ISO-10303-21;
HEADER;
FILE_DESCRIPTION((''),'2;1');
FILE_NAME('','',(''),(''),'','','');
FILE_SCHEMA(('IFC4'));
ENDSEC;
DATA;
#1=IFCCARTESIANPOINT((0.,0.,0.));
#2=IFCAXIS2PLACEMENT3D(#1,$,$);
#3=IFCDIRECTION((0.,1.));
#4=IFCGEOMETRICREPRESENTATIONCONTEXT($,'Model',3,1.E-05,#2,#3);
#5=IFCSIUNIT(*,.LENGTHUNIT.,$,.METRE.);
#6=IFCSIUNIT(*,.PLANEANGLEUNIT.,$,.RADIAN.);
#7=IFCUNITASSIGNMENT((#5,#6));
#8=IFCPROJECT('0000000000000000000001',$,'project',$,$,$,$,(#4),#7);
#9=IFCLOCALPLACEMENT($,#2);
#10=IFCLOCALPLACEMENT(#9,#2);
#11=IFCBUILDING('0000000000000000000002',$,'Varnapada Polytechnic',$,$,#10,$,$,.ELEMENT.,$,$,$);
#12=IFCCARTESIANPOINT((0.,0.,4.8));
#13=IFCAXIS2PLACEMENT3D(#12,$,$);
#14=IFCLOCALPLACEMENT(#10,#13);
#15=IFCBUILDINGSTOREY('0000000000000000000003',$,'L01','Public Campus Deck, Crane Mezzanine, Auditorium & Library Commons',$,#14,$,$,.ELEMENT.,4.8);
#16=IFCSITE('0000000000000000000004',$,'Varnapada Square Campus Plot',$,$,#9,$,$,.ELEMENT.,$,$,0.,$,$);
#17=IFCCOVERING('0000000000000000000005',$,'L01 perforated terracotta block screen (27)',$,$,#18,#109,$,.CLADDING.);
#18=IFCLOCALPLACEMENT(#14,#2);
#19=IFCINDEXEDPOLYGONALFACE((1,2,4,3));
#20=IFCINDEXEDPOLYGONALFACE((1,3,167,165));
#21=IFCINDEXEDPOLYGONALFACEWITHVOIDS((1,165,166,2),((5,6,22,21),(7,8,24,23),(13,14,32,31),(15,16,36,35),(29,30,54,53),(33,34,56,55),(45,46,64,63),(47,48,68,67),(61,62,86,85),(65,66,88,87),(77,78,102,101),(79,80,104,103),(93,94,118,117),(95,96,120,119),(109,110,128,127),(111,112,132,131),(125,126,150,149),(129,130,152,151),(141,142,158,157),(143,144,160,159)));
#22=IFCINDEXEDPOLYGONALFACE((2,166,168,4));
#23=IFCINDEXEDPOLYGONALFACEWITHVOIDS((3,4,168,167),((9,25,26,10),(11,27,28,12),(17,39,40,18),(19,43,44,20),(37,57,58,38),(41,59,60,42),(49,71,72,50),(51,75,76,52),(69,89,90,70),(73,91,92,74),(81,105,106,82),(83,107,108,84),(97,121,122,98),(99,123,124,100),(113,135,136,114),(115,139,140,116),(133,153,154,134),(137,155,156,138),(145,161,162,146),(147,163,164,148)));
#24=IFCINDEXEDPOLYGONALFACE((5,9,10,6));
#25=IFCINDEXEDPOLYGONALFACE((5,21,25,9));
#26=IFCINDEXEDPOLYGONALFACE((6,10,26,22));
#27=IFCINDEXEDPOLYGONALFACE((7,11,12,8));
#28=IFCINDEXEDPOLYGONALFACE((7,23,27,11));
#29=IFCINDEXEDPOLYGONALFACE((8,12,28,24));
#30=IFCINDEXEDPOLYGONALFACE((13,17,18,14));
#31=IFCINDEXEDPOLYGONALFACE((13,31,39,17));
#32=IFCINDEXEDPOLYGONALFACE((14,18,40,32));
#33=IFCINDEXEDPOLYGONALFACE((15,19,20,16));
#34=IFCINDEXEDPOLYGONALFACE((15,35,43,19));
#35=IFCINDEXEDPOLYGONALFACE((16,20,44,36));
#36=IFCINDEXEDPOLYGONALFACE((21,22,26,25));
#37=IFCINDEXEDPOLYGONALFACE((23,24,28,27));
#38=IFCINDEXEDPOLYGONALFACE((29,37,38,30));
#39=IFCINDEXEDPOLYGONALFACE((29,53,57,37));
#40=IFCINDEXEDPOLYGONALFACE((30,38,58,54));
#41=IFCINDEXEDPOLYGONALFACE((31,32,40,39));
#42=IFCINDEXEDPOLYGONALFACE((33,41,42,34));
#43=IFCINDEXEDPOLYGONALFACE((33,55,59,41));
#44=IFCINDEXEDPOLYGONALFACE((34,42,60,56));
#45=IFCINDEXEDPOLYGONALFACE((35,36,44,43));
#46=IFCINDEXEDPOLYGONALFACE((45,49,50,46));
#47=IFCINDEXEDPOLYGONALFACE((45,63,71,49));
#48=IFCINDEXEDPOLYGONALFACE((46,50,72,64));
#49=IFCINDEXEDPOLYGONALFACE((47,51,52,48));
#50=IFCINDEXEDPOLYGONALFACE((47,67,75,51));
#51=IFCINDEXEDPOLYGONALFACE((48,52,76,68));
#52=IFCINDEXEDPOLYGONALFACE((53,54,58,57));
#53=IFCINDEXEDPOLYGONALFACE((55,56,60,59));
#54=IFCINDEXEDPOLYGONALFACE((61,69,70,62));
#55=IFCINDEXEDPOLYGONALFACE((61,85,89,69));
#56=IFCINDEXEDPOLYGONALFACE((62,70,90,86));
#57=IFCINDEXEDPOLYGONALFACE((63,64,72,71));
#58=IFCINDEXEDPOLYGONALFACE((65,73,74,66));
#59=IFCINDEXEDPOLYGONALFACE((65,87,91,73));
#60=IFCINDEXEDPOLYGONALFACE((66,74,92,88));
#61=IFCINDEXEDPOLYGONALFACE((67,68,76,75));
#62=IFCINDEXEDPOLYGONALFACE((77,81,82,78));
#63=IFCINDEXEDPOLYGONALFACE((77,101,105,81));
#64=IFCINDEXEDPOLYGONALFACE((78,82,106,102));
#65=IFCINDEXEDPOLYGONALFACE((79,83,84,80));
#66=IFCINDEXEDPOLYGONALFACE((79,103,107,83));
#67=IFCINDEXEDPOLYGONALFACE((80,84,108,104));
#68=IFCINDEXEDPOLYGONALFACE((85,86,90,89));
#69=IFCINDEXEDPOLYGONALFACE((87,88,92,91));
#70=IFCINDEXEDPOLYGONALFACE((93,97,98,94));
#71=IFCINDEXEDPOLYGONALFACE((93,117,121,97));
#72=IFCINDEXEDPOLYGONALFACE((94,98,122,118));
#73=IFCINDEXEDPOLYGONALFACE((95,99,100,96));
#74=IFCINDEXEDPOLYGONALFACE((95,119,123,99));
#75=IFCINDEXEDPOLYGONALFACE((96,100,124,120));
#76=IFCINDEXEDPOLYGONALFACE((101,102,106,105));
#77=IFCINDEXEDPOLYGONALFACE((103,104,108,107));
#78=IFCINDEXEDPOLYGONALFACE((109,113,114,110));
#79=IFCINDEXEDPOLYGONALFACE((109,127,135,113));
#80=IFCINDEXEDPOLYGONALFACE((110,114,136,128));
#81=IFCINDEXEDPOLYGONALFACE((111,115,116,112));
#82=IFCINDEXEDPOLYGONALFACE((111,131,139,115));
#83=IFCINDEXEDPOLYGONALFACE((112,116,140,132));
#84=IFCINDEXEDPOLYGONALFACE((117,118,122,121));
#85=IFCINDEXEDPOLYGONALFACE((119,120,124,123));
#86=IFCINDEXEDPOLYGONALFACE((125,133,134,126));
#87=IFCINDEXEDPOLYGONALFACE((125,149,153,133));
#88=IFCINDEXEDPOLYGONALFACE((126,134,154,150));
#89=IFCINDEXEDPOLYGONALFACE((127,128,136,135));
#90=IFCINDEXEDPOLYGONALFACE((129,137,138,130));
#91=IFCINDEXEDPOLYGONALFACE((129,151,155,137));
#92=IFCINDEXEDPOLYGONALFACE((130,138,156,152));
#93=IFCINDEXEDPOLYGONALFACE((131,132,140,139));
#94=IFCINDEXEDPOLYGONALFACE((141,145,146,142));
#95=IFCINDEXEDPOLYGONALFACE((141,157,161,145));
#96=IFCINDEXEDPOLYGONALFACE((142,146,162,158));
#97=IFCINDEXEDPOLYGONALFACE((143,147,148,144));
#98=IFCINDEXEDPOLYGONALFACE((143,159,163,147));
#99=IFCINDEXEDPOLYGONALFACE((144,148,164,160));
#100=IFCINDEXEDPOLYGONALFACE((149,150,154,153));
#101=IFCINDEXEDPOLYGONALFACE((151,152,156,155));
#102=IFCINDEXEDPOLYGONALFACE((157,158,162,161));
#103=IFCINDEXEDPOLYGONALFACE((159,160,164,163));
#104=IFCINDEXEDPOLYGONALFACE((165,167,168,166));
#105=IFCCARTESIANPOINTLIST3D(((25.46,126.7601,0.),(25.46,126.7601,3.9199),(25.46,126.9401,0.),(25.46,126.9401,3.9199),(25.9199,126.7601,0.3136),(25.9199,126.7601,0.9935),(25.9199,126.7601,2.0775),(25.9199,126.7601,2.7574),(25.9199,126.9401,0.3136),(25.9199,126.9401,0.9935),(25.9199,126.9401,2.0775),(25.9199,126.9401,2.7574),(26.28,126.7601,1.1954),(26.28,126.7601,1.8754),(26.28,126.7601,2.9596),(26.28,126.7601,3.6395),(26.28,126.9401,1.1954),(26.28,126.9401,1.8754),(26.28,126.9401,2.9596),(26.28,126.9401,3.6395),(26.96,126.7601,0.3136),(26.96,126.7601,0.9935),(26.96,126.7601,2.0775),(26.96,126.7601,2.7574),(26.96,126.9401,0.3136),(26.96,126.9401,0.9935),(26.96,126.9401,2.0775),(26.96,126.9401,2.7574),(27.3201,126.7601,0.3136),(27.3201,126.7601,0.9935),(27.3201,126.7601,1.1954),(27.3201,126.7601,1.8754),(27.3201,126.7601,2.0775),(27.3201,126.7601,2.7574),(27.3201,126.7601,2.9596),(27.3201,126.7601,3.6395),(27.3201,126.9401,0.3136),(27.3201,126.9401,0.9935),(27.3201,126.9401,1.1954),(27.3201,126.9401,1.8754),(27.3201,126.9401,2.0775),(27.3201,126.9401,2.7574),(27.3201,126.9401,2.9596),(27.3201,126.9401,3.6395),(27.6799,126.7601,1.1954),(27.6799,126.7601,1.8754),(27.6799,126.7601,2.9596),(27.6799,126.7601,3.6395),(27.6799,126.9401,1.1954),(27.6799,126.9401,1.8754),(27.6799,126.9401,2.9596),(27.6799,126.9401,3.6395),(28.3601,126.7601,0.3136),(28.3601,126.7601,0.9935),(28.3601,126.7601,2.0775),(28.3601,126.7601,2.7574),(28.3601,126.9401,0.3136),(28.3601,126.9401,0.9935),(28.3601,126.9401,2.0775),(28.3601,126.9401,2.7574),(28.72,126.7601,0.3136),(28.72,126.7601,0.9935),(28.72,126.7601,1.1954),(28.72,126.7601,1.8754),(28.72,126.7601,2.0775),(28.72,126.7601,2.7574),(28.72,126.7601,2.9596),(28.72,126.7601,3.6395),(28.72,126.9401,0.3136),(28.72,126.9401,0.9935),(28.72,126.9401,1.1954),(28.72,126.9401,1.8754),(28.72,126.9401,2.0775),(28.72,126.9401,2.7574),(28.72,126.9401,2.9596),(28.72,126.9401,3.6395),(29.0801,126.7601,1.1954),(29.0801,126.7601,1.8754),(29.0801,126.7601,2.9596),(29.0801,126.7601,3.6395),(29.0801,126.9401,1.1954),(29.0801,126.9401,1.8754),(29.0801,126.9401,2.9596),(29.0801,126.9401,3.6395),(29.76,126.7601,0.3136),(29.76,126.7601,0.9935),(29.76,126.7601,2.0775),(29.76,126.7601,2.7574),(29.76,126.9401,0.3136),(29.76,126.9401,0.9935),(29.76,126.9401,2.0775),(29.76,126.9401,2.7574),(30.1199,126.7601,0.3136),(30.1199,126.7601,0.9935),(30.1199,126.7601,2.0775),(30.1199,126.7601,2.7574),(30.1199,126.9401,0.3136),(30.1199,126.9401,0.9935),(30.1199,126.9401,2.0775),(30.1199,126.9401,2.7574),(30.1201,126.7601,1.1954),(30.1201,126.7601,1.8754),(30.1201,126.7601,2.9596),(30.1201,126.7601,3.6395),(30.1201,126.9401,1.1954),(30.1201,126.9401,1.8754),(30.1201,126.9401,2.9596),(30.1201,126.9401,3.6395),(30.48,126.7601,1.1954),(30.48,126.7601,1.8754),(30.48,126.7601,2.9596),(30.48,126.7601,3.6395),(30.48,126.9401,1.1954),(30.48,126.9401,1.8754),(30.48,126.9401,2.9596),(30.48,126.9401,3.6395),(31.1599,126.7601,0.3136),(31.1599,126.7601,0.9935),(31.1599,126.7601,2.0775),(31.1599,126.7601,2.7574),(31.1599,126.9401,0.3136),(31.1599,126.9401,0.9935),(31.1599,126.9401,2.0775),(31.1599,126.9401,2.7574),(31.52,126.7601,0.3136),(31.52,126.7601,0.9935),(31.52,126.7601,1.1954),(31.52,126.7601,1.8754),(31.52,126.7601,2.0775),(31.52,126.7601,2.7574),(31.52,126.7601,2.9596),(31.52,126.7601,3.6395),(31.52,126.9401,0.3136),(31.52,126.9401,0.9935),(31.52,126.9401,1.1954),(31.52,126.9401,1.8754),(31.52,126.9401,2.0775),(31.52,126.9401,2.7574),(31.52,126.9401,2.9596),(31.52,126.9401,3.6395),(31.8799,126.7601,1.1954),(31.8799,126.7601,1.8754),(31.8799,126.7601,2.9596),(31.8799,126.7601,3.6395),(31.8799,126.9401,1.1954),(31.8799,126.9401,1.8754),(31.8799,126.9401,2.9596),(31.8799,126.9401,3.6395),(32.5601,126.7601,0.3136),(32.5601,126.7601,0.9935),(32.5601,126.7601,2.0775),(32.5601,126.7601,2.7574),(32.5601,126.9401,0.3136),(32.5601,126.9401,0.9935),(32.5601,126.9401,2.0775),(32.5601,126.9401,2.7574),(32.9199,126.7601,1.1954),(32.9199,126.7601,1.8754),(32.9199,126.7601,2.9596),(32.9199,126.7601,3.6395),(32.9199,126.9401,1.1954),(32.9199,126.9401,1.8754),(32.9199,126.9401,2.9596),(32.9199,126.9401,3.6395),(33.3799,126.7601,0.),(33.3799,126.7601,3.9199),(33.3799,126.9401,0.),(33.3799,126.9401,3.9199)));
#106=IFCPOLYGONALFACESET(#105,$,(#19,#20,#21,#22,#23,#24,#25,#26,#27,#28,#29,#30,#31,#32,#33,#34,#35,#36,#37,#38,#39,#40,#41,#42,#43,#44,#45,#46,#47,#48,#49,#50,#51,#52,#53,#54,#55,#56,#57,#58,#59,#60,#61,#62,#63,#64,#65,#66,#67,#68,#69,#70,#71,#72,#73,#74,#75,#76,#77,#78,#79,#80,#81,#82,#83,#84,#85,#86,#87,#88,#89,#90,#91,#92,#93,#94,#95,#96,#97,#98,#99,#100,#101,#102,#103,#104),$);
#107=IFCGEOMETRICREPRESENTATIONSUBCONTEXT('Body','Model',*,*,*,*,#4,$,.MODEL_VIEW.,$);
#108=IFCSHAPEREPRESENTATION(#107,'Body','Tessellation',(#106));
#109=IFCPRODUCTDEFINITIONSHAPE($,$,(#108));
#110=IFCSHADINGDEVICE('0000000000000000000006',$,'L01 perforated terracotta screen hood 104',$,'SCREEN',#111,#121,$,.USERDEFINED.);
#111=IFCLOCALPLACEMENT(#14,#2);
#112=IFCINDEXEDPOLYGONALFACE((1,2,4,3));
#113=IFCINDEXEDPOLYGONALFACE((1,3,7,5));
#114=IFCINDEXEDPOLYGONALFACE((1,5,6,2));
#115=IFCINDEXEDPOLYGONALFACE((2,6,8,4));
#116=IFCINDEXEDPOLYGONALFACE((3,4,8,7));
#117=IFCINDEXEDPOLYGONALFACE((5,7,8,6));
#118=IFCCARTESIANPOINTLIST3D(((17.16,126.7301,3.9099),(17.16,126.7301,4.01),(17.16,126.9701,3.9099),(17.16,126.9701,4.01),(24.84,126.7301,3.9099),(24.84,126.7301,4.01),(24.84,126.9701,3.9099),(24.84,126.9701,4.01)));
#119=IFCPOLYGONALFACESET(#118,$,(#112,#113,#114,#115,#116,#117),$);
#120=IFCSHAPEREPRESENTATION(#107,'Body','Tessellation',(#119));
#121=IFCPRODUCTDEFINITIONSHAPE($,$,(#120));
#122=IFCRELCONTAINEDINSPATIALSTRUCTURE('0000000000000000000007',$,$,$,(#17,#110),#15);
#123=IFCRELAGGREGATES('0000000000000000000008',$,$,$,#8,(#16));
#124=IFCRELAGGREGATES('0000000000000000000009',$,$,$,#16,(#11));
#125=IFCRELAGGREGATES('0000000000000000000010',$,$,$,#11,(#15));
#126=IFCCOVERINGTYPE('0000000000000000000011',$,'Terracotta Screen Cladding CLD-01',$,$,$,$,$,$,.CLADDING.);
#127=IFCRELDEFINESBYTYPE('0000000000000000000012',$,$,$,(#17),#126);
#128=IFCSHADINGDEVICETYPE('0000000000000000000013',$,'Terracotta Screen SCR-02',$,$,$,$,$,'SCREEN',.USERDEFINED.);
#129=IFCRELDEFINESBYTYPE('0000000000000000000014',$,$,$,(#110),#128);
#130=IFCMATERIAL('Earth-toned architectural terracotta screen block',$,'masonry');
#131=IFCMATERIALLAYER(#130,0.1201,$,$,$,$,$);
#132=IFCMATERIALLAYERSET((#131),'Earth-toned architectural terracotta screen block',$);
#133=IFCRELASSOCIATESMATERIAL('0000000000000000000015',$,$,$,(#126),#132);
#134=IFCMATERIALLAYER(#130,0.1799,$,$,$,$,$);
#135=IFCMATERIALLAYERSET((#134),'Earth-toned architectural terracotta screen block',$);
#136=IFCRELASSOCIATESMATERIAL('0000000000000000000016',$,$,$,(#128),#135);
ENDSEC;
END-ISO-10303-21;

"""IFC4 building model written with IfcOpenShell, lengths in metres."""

from ifc_helpers import new_model, si_unit, direction, frame, frame_2d, origin, origin_2d, place, context, subcontext, project, spatial, rectangle, extrude, material, layer, layer_set, type_object, element, save


model = new_model("IFC4")

# Units and contexts
model_context = context("Model", 3, precision=1e-05, world=origin(), true_north=direction((0.0, 1.0)))
body_context = subcontext(model_context, "Body", "Model", "MODEL_VIEW")
ifc_project = project(units=[si_unit("LENGTHUNIT", "METRE"), si_unit("PLANEANGLEUNIT", "RADIAN")], contexts=[model_context])

# Site, building, storey
site_placement = place(None, origin())
site = spatial("IfcSite", under=ifc_project, at=site_placement, Name="Varnapada Square Campus Plot", CompositionType="ELEMENT", RefElevation=0.0)
building_placement = place(site_placement, origin())
building = spatial("IfcBuilding", under=site, at=building_placement, Name="Varnapada Polytechnic", CompositionType="ELEMENT")
storey_placement = place(building_placement, frame((0.0, 0.0, 4.8)))
storey = spatial("IfcBuildingStorey", under=building, at=storey_placement, Name="L01", Description="Public Campus Deck, Crane Mezzanine, Auditorium & Library Commons", CompositionType="ELEMENT", Elevation=4.8)

# Covering, openings
ifc_material_1 = material(Name="Earth-toned architectural terracotta screen block", Category="masonry")
ifc_layer_1 = layer(ifc_material_1, 0.1201)
ifc_layer_set_1 = layer_set([ifc_layer_1], Name="Earth-toned architectural terracotta screen block")
covering_type = type_object("IfcCoveringType", Name="Terracotta Screen Cladding CLD-01", PredefinedType="CLADDING", material=ifc_layer_set_1)
covering_placement = place(storey_placement, frame((25.46, 126.8501, 0.0), z_axis=(0.0, 0.0, 1.0), x_axis=(1.0, 0.0, 0.0)))
covering = element("IfcCovering", 1, at=covering_placement, inside=storey, type_object=covering_type, Name="L01 perforated terracotta block screen (27)", PredefinedType="CLADDING", context=body_context, shape_type="SweptSolid", body=[
    extrude(rectangle(XDim=7.9199, YDim=0.1799, at=frame_2d((3.96, 0.0))), origin(), (0.0, 0.0, 1.0), 3.9199),
])
opening_1_placement = place(covering_placement, frame((0.46, 0.0, 0.3137)))
element("IfcOpeningElement", 2, at=opening_1_placement, cuts=covering, PredefinedType="OPENING", context=body_context, shape_type="SweptSolid", body=[
    extrude(rectangle(XDim=1.04, YDim=0.6799, at=frame_2d((0.52, 0.3398))), frame((0.0, 0.0999, 0.0), z_axis=(0.0, -1.0, 0.0), x_axis=(1.0, 0.0, 0.0)), (0.0, 0.0, 1.0), 0.2),
])
opening_2_placement = place(covering_placement, frame((1.8601, 0.0, 0.3137)))
element("IfcOpeningElement", 3, at=opening_2_placement, cuts=covering, PredefinedType="OPENING", context=body_context, shape_type="SweptSolid", body=[
    extrude(rectangle(XDim=1.04, YDim=0.6799, at=frame_2d((0.52, 0.3398))), frame((0.0, 0.0999, 0.0), z_axis=(0.0, -1.0, 0.0), x_axis=(1.0, 0.0, 0.0)), (0.0, 0.0, 1.0), 0.2),
])
opening_3_placement = place(covering_placement, frame((3.26, 0.0, 0.3137)))
element("IfcOpeningElement", 4, at=opening_3_placement, cuts=covering, PredefinedType="OPENING", context=body_context, shape_type="SweptSolid", body=[
    extrude(rectangle(XDim=1.04, YDim=0.6799, at=frame_2d((0.52, 0.3398))), frame((0.0, 0.0999, 0.0), z_axis=(0.0, -1.0, 0.0), x_axis=(1.0, 0.0, 0.0)), (0.0, 0.0, 1.0), 0.2),
])
opening_4_placement = place(covering_placement, frame((4.6599, 0.0, 0.3137)))
element("IfcOpeningElement", 5, at=opening_4_placement, cuts=covering, PredefinedType="OPENING", context=body_context, shape_type="SweptSolid", body=[
    extrude(rectangle(XDim=1.04, YDim=0.6799, at=frame_2d((0.52, 0.3398))), frame((0.0, 0.0999, 0.0), z_axis=(0.0, -1.0, 0.0), x_axis=(1.0, 0.0, 0.0)), (0.0, 0.0, 1.0), 0.2),
])
opening_5_placement = place(covering_placement, frame((6.0601, 0.0, 0.3137)))
element("IfcOpeningElement", 6, at=opening_5_placement, cuts=covering, PredefinedType="OPENING", context=body_context, shape_type="SweptSolid", body=[
    extrude(rectangle(XDim=1.04, YDim=0.6799, at=frame_2d((0.52, 0.3398))), frame((0.0, 0.0999, 0.0), z_axis=(0.0, -1.0, 0.0), x_axis=(1.0, 0.0, 0.0)), (0.0, 0.0, 1.0), 0.2),
])
opening_6_placement = place(covering_placement, frame((0.8201, 0.0, 1.1956)))
element("IfcOpeningElement", 7, at=opening_6_placement, cuts=covering, PredefinedType="OPENING", context=body_context, shape_type="SweptSolid", body=[
    extrude(rectangle(XDim=1.04, YDim=0.6799, at=frame_2d((0.52, 0.3398))), frame((0.0, 0.0999, 0.0), z_axis=(0.0, -1.0, 0.0), x_axis=(1.0, 0.0, 0.0)), (0.0, 0.0, 1.0), 0.2),
])
opening_7_placement = place(covering_placement, frame((2.22, 0.0, 1.1956)))
element("IfcOpeningElement", 8, at=opening_7_placement, cuts=covering, PredefinedType="OPENING", context=body_context, shape_type="SweptSolid", body=[
    extrude(rectangle(XDim=1.04, YDim=0.6799, at=frame_2d((0.52, 0.3398))), frame((0.0, 0.0999, 0.0), z_axis=(0.0, -1.0, 0.0), x_axis=(1.0, 0.0, 0.0)), (0.0, 0.0, 1.0), 0.2),
])
opening_8_placement = place(covering_placement, frame((3.6201, 0.0, 1.1956)))
element("IfcOpeningElement", 9, at=opening_8_placement, cuts=covering, PredefinedType="OPENING", context=body_context, shape_type="SweptSolid", body=[
    extrude(rectangle(XDim=1.04, YDim=0.6799, at=frame_2d((0.52, 0.3398))), frame((0.0, 0.0999, 0.0), z_axis=(0.0, -1.0, 0.0), x_axis=(1.0, 0.0, 0.0)), (0.0, 0.0, 1.0), 0.2),
])
opening_9_placement = place(covering_placement, frame((5.02, 0.0, 1.1956)))
element("IfcOpeningElement", 10, at=opening_9_placement, cuts=covering, PredefinedType="OPENING", context=body_context, shape_type="SweptSolid", body=[
    extrude(rectangle(XDim=1.04, YDim=0.6799, at=frame_2d((0.52, 0.3398))), frame((0.0, 0.0999, 0.0), z_axis=(0.0, -1.0, 0.0), x_axis=(1.0, 0.0, 0.0)), (0.0, 0.0, 1.0), 0.2),
])
opening_10_placement = place(covering_placement, frame((6.4199, 0.0, 1.1956)))
element("IfcOpeningElement", 11, at=opening_10_placement, cuts=covering, PredefinedType="OPENING", context=body_context, shape_type="SweptSolid", body=[
    extrude(rectangle(XDim=1.04, YDim=0.6799, at=frame_2d((0.52, 0.3398))), frame((0.0, 0.0999, 0.0), z_axis=(0.0, -1.0, 0.0), x_axis=(1.0, 0.0, 0.0)), (0.0, 0.0, 1.0), 0.2),
])
opening_11_placement = place(covering_placement, frame((0.46, 0.0, 2.0776)))
element("IfcOpeningElement", 12, at=opening_11_placement, cuts=covering, PredefinedType="OPENING", context=body_context, shape_type="SweptSolid", body=[
    extrude(rectangle(XDim=1.04, YDim=0.6799, at=frame_2d((0.52, 0.3398))), frame((0.0, 0.0999, 0.0), z_axis=(0.0, -1.0, 0.0), x_axis=(1.0, 0.0, 0.0)), (0.0, 0.0, 1.0), 0.2),
])
opening_12_placement = place(covering_placement, frame((1.8601, 0.0, 2.0776)))
element("IfcOpeningElement", 13, at=opening_12_placement, cuts=covering, PredefinedType="OPENING", context=body_context, shape_type="SweptSolid", body=[
    extrude(rectangle(XDim=1.04, YDim=0.6799, at=frame_2d((0.52, 0.3398))), frame((0.0, 0.0999, 0.0), z_axis=(0.0, -1.0, 0.0), x_axis=(1.0, 0.0, 0.0)), (0.0, 0.0, 1.0), 0.2),
])
opening_13_placement = place(covering_placement, frame((3.26, 0.0, 2.0776)))
element("IfcOpeningElement", 14, at=opening_13_placement, cuts=covering, PredefinedType="OPENING", context=body_context, shape_type="SweptSolid", body=[
    extrude(rectangle(XDim=1.04, YDim=0.6799, at=frame_2d((0.52, 0.3398))), frame((0.0, 0.0999, 0.0), z_axis=(0.0, -1.0, 0.0), x_axis=(1.0, 0.0, 0.0)), (0.0, 0.0, 1.0), 0.2),
])
opening_14_placement = place(covering_placement, frame((4.6599, 0.0, 2.0776)))
element("IfcOpeningElement", 15, at=opening_14_placement, cuts=covering, PredefinedType="OPENING", context=body_context, shape_type="SweptSolid", body=[
    extrude(rectangle(XDim=1.04, YDim=0.6799, at=frame_2d((0.52, 0.3398))), frame((0.0, 0.0999, 0.0), z_axis=(0.0, -1.0, 0.0), x_axis=(1.0, 0.0, 0.0)), (0.0, 0.0, 1.0), 0.2),
])
opening_15_placement = place(covering_placement, frame((6.0601, 0.0, 2.0776)))
element("IfcOpeningElement", 16, at=opening_15_placement, cuts=covering, PredefinedType="OPENING", context=body_context, shape_type="SweptSolid", body=[
    extrude(rectangle(XDim=1.04, YDim=0.6799, at=frame_2d((0.52, 0.3398))), frame((0.0, 0.0999, 0.0), z_axis=(0.0, -1.0, 0.0), x_axis=(1.0, 0.0, 0.0)), (0.0, 0.0, 1.0), 0.2),
])
opening_16_placement = place(covering_placement, frame((0.8201, 0.0, 2.9597)))
element("IfcOpeningElement", 17, at=opening_16_placement, cuts=covering, PredefinedType="OPENING", context=body_context, shape_type="SweptSolid", body=[
    extrude(rectangle(XDim=1.04, YDim=0.6799, at=frame_2d((0.52, 0.3398))), frame((0.0, 0.0999, 0.0), z_axis=(0.0, -1.0, 0.0), x_axis=(1.0, 0.0, 0.0)), (0.0, 0.0, 1.0), 0.2),
])
opening_17_placement = place(covering_placement, frame((2.22, 0.0, 2.9597)))
element("IfcOpeningElement", 18, at=opening_17_placement, cuts=covering, PredefinedType="OPENING", context=body_context, shape_type="SweptSolid", body=[
    extrude(rectangle(XDim=1.04, YDim=0.6799, at=frame_2d((0.52, 0.3398))), frame((0.0, 0.0999, 0.0), z_axis=(0.0, -1.0, 0.0), x_axis=(1.0, 0.0, 0.0)), (0.0, 0.0, 1.0), 0.2),
])
opening_18_placement = place(covering_placement, frame((3.6201, 0.0, 2.9597)))
element("IfcOpeningElement", 19, at=opening_18_placement, cuts=covering, PredefinedType="OPENING", context=body_context, shape_type="SweptSolid", body=[
    extrude(rectangle(XDim=1.04, YDim=0.6799, at=frame_2d((0.52, 0.3398))), frame((0.0, 0.0999, 0.0), z_axis=(0.0, -1.0, 0.0), x_axis=(1.0, 0.0, 0.0)), (0.0, 0.0, 1.0), 0.2),
])
opening_19_placement = place(covering_placement, frame((5.02, 0.0, 2.9597)))
element("IfcOpeningElement", 20, at=opening_19_placement, cuts=covering, PredefinedType="OPENING", context=body_context, shape_type="SweptSolid", body=[
    extrude(rectangle(XDim=1.04, YDim=0.6799, at=frame_2d((0.52, 0.3398))), frame((0.0, 0.0999, 0.0), z_axis=(0.0, -1.0, 0.0), x_axis=(1.0, 0.0, 0.0)), (0.0, 0.0, 1.0), 0.2),
])
opening_20_placement = place(covering_placement, frame((6.4199, 0.0, 2.9597)))
element("IfcOpeningElement", 21, at=opening_20_placement, cuts=covering, PredefinedType="OPENING", context=body_context, shape_type="SweptSolid", body=[
    extrude(rectangle(XDim=1.04, YDim=0.6799, at=frame_2d((0.52, 0.3398))), frame((0.0, 0.0999, 0.0), z_axis=(0.0, -1.0, 0.0), x_axis=(1.0, 0.0, 0.0)), (0.0, 0.0, 1.0), 0.2),
])

# Shading device
ifc_layer_2 = layer(ifc_material_1, 0.1799)
ifc_layer_set_2 = layer_set([ifc_layer_2], Name="Earth-toned architectural terracotta screen block")
shading_device_type = type_object("IfcShadingDeviceType", Name="Terracotta Screen SCR-02", ElementType="SCREEN", PredefinedType="USERDEFINED", material=ifc_layer_set_2)
shading_device_placement = place(storey_placement, frame((21.0, 126.8501, 3.9099), z_axis=(0.0, 0.0, 1.0), x_axis=(1.0, 0.0, 0.0)))
element("IfcShadingDevice", 22, at=shading_device_placement, inside=storey, type_object=shading_device_type, Name="L01 perforated terracotta screen hood 104", ObjectType="SCREEN", PredefinedType="USERDEFINED", context=body_context, shape_type="SweptSolid", body=[
    extrude(rectangle(XDim=7.6799, YDim=0.24, at=origin_2d()), origin(), (0.0, 0.0, 1.0), 0.1001),
])

save(model, "model.ifc")
